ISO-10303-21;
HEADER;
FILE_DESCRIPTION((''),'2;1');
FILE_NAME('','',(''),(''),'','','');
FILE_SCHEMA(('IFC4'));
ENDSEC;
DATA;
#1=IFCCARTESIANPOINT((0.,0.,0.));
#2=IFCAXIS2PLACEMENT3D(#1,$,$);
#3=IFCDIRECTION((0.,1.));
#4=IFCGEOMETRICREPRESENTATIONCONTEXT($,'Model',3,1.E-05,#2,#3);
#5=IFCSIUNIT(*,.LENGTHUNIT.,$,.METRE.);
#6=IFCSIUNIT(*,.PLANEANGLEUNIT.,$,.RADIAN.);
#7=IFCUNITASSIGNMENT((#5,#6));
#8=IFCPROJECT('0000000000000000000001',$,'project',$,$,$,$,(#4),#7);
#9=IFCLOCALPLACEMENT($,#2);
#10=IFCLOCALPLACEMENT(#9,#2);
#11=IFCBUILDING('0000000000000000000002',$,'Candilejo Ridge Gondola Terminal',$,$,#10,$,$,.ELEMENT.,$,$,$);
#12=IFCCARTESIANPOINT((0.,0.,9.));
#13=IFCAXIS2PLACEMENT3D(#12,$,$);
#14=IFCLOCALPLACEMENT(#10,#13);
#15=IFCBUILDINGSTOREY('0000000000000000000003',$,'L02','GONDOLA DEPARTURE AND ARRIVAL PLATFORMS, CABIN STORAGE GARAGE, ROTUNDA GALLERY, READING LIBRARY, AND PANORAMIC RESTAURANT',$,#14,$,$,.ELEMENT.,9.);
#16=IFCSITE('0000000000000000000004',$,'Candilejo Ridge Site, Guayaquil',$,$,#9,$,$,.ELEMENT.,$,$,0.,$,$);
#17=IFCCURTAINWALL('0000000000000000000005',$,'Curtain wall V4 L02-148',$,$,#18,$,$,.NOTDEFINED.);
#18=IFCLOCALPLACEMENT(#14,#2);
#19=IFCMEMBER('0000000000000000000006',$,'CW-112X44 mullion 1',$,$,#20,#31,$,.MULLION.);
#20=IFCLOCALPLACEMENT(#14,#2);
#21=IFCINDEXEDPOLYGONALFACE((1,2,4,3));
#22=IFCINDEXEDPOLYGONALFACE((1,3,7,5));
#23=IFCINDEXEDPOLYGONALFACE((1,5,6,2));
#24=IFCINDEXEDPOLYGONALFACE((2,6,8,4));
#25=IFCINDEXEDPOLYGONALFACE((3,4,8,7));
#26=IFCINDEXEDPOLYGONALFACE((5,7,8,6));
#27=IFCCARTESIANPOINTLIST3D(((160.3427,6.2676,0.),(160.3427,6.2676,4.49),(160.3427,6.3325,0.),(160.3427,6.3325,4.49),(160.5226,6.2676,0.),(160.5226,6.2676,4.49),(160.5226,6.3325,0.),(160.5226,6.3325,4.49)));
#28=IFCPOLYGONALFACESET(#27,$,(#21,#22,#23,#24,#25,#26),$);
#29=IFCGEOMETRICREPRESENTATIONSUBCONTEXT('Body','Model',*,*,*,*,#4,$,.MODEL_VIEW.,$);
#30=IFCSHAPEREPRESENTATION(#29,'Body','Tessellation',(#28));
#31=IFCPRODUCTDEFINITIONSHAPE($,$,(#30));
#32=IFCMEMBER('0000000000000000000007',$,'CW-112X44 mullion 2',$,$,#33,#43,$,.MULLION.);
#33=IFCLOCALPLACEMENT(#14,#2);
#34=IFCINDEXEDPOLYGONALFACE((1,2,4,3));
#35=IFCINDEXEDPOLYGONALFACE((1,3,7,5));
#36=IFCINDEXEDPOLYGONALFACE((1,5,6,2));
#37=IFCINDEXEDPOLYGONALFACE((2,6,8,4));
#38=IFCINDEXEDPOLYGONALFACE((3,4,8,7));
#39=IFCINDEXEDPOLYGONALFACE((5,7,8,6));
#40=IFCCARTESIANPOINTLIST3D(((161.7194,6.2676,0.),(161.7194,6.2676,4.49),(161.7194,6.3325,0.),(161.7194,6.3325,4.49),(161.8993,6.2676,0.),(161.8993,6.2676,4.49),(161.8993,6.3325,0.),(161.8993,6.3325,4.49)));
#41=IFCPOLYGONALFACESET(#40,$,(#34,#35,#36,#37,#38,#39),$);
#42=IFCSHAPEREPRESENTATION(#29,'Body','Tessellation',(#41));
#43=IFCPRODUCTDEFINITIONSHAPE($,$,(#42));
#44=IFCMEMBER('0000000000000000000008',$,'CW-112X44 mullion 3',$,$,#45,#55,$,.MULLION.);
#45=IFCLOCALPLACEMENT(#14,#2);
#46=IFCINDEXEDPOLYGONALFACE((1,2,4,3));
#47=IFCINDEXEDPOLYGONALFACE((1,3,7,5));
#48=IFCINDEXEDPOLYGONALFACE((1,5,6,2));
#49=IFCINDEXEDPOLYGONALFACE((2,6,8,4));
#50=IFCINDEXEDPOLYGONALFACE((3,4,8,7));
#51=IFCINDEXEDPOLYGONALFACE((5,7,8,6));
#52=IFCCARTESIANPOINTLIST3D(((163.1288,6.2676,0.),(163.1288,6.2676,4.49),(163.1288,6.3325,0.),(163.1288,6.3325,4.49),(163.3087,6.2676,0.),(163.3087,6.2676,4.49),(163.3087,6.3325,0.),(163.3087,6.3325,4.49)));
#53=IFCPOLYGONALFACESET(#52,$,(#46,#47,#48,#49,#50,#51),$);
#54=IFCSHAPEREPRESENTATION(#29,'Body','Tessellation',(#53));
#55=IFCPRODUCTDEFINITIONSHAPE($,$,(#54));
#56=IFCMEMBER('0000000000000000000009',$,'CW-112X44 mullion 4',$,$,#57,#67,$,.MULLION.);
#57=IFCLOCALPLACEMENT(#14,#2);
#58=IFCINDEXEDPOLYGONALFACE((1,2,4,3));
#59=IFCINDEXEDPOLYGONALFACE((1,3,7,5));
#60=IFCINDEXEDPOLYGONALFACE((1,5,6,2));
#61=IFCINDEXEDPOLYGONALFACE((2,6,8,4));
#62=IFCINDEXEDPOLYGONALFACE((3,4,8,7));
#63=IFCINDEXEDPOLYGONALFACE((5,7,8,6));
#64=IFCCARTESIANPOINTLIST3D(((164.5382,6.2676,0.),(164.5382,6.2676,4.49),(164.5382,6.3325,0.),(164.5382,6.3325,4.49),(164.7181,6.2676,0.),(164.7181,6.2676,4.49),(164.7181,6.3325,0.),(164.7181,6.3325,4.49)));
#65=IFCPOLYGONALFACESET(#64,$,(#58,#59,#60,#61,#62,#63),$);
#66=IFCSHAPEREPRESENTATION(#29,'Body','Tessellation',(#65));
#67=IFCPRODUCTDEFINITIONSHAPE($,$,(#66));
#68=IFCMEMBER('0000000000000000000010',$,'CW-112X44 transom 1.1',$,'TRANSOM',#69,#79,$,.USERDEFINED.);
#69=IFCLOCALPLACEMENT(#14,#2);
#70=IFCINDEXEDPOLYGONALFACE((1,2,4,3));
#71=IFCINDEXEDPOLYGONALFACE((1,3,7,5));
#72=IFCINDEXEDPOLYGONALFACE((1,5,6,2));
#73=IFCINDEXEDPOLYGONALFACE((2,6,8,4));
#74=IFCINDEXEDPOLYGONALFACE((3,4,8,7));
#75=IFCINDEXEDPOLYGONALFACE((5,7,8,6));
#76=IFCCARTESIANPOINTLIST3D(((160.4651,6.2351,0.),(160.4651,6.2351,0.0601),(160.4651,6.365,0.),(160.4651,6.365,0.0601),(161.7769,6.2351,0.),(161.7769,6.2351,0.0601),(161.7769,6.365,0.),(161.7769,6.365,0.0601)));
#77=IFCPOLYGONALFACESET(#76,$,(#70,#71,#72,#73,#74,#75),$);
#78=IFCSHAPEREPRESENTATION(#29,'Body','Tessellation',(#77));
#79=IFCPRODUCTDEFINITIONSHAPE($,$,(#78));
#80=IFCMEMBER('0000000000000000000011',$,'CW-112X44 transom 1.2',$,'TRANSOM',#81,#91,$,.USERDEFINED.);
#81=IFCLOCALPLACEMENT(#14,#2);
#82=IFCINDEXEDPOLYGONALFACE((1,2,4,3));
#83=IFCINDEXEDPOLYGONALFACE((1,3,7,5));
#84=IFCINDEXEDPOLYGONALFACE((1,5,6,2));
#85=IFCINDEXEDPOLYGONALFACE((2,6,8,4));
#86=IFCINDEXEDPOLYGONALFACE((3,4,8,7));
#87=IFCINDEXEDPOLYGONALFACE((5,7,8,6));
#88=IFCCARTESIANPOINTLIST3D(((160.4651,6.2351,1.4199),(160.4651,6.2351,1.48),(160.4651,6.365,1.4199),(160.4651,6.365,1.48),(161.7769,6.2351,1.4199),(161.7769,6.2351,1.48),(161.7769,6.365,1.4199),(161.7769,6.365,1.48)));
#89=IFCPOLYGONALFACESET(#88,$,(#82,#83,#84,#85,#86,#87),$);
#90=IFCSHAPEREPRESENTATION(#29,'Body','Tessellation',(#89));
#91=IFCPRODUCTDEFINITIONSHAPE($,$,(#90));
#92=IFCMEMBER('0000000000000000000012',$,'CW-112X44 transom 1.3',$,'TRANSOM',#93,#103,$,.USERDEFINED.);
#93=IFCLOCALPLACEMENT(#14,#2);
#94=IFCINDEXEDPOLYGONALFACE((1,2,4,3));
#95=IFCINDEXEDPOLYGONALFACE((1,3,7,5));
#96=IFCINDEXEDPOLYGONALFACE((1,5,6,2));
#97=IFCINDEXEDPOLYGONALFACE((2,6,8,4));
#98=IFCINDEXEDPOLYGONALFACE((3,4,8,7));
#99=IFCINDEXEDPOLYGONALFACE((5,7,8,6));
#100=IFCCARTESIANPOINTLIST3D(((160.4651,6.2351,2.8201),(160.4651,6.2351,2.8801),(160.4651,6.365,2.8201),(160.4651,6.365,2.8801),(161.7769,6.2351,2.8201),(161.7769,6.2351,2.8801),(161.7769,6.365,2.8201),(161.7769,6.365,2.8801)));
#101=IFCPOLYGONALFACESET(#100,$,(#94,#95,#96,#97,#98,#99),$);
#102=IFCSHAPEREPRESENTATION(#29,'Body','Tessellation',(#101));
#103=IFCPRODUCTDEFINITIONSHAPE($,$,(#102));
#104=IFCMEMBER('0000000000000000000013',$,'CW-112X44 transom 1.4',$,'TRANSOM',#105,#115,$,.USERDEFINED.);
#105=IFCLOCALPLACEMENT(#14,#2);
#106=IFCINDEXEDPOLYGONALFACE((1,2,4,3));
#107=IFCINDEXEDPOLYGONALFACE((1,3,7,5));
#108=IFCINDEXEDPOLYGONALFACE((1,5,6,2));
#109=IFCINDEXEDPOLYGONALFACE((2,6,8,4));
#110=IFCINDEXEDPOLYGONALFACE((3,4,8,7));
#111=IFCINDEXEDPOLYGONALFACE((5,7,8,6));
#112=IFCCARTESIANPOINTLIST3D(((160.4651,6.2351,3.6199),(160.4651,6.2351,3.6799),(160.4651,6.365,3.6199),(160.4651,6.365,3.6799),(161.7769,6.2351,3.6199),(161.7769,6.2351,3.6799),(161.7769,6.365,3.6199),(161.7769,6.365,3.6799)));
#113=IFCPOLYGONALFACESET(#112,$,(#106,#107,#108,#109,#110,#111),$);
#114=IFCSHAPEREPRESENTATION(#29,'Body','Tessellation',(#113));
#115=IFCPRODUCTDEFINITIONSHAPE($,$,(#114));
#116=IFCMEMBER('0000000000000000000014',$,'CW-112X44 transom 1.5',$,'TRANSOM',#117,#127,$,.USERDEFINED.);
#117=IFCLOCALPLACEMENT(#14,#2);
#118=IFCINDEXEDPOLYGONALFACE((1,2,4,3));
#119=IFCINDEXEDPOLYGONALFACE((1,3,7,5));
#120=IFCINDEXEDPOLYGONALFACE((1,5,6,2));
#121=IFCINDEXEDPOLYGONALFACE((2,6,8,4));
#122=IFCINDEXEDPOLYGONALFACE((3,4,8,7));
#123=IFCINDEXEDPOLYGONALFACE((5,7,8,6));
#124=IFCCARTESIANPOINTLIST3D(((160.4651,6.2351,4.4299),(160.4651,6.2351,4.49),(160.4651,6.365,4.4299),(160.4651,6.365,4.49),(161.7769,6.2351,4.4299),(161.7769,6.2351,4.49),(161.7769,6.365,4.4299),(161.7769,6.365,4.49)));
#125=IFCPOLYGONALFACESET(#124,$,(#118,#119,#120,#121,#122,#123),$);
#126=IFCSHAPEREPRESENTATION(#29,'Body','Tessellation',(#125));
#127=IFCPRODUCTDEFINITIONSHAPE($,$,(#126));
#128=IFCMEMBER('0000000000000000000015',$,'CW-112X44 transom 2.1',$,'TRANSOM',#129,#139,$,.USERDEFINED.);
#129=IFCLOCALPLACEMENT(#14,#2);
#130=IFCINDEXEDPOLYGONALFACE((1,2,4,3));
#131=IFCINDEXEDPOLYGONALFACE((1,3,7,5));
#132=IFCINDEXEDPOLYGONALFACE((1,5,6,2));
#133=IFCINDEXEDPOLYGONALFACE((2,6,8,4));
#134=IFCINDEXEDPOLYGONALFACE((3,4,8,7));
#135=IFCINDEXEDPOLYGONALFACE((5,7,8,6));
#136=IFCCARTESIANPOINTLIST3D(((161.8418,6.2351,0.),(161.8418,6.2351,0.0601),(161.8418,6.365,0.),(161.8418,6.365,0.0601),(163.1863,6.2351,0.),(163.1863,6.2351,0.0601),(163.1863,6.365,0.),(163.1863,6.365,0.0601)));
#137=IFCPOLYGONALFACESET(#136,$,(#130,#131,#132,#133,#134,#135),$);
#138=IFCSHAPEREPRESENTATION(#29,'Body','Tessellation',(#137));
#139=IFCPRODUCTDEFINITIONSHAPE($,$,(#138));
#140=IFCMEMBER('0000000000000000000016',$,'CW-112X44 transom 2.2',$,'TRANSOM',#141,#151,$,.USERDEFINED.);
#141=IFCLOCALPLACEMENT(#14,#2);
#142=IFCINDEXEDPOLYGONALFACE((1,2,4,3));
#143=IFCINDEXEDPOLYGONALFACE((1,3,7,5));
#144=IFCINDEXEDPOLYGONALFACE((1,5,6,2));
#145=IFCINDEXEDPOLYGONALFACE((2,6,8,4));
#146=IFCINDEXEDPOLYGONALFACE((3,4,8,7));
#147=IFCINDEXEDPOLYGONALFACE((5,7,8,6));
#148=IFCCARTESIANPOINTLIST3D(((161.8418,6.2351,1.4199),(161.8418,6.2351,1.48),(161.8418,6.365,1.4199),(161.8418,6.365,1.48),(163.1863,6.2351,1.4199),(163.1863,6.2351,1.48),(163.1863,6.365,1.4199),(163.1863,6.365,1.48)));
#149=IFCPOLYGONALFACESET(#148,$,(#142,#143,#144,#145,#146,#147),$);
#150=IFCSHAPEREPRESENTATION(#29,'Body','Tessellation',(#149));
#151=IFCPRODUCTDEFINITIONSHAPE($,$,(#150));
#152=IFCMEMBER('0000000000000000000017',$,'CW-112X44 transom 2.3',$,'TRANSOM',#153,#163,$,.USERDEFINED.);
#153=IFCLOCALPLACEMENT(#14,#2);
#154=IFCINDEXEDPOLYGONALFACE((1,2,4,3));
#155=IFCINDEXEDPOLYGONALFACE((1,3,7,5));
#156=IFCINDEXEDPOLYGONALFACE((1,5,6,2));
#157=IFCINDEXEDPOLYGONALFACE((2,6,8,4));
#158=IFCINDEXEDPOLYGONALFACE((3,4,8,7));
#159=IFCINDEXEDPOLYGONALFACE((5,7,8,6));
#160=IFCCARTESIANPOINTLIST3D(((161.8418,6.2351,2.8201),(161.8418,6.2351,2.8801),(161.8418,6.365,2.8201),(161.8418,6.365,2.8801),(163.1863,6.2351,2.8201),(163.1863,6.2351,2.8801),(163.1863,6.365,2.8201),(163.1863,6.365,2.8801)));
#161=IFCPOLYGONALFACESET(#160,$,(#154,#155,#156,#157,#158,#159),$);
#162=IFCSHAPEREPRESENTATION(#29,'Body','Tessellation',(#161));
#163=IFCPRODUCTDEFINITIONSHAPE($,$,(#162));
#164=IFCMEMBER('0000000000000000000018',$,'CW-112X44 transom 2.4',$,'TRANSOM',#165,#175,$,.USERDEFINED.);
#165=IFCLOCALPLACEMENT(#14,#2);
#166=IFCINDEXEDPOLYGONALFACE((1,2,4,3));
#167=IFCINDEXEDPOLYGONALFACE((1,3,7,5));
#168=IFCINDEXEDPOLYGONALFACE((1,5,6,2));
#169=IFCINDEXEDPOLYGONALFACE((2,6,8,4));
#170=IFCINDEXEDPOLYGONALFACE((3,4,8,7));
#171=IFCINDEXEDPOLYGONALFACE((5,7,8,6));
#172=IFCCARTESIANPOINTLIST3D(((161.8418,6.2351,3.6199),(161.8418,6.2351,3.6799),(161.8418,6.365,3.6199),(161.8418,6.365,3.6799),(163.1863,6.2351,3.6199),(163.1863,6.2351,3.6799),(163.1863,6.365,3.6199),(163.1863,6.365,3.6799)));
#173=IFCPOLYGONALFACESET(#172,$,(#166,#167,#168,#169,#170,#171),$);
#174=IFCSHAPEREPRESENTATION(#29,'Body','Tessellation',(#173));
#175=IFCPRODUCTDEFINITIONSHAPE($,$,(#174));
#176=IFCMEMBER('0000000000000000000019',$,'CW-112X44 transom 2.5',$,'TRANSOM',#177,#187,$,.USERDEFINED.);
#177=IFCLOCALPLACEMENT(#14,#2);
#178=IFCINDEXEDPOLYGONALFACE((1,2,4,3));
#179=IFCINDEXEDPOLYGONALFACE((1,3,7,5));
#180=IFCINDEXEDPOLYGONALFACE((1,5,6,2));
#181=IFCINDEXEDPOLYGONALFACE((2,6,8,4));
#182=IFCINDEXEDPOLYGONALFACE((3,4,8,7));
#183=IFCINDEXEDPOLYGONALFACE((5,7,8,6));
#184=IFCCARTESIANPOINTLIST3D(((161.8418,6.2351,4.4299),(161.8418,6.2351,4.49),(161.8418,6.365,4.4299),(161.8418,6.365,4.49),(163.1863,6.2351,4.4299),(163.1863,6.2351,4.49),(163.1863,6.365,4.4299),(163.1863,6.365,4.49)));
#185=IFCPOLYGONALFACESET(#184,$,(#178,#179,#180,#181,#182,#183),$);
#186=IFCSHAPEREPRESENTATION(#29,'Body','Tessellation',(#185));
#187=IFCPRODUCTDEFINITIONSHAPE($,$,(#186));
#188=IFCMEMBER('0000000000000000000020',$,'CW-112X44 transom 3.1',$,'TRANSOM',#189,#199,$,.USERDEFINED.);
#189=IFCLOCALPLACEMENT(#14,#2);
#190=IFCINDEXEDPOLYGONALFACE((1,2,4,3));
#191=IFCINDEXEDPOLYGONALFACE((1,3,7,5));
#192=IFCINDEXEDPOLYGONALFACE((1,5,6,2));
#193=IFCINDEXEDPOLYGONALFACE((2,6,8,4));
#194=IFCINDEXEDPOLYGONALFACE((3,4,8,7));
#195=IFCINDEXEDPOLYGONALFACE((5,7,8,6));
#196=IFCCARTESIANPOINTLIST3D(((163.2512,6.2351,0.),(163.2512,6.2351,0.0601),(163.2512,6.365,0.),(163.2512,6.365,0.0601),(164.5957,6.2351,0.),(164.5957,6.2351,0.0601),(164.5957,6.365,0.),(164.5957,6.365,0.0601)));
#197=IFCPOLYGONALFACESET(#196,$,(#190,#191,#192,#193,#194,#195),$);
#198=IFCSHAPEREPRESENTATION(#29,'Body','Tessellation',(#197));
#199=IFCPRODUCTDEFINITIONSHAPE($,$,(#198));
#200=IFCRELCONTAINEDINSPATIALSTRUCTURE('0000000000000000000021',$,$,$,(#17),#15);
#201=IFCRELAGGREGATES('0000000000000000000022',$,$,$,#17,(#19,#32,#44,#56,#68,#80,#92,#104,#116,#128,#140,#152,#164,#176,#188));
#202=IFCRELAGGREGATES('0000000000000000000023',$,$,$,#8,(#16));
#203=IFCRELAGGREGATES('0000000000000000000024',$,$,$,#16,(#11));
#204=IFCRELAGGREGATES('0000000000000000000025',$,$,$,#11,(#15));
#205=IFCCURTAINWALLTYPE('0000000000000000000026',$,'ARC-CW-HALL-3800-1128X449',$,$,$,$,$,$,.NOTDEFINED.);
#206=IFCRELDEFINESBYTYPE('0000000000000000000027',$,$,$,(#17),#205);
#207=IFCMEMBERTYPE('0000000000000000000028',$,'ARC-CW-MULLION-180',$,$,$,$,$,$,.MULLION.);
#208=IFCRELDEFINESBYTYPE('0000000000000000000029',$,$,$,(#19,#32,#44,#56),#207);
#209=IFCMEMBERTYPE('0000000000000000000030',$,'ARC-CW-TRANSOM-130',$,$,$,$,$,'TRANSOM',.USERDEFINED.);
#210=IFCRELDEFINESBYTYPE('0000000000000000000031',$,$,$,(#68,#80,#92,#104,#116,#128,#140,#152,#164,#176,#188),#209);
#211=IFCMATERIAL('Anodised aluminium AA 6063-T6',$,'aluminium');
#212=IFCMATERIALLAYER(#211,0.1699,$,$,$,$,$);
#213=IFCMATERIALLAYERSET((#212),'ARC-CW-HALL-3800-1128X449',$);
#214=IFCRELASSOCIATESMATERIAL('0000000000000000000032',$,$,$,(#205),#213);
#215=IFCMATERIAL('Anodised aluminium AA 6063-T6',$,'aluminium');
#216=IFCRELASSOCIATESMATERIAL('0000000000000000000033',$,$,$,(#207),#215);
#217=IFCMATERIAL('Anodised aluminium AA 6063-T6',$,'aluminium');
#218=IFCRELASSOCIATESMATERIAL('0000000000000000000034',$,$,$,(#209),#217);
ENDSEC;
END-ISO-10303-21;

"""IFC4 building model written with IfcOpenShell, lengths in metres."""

from ifc_helpers import new_model, si_unit, direction, frame, origin, origin_2d, place, context, subcontext, project, spatial, rectangle, extrude, material, layer, layer_set, material_profile, profile_set, type_object, element, aggregate, save


model = new_model("IFC4")

# Units and contexts
model_context = context("Model", 3, precision=1e-05, world=origin(), true_north=direction((0.0, 1.0)))
body_context = subcontext(model_context, "Body", "Model", "MODEL_VIEW")
ifc_project = project(units=[si_unit("LENGTHUNIT", "METRE"), si_unit("PLANEANGLEUNIT", "RADIAN")], contexts=[model_context])

# Site, building, storey
site_placement = place(None, origin())
site = spatial("IfcSite", under=ifc_project, at=site_placement, Name="Candilejo Ridge Site, Guayaquil", CompositionType="ELEMENT", RefElevation=0.0)
building_placement = place(site_placement, origin())
building = spatial("IfcBuilding", under=site, at=building_placement, Name="Candilejo Ridge Gondola Terminal", CompositionType="ELEMENT")
storey_placement = place(building_placement, frame((0.0, 0.0, 9.0)))
storey = spatial("IfcBuildingStorey", under=building, at=storey_placement, Name="L02", Description="GONDOLA DEPARTURE AND ARRIVAL PLATFORMS, CABIN STORAGE GARAGE, ROTUNDA GALLERY, READING LIBRARY, AND PANORAMIC RESTAURANT", CompositionType="ELEMENT", Elevation=9.0)

# Curtain wall, members
ifc_material_1 = material(Name="Anodised aluminium AA 6063-T6", Category="aluminium")
ifc_layer_1 = layer(ifc_material_1, 0.1699)
ifc_layer_set_1 = layer_set([ifc_layer_1], Name="ARC-CW-HALL-3800-1128X449")
curtain_wall_type = type_object("IfcCurtainWallType", Name="ARC-CW-HALL-3800-1128X449", PredefinedType="NOTDEFINED", material=ifc_layer_set_1)
curtain_wall_placement = place(storey_placement, origin())
curtain_wall = element("IfcCurtainWall", 1, at=curtain_wall_placement, inside=storey, type_object=curtain_wall_type, Name="Curtain wall V4 L02-148", PredefinedType="NOTDEFINED")
ifc_material_2 = material(Name="Anodised aluminium AA 6063-T6", Category="aluminium")
ifc_material_profile_1 = material_profile(ifc_material_2, rectangle(XDim=0.0649, YDim=0.1799, at=origin_2d()))
ifc_profile_set_1 = profile_set([ifc_material_profile_1], Name="Anodised aluminium AA 6063-T6")
member_type_1 = type_object("IfcMemberType", Name="ARC-CW-MULLION-180", PredefinedType="MULLION", material=ifc_profile_set_1)
member_1_placement = place(storey_placement, frame((160.4326, 6.3, 0.0), z_axis=(0.0, 0.0, 1.0), x_axis=(0.0, 1.0, 0.0)))
member_1 = element("IfcMember", 2, at=member_1_placement, type_object=member_type_1, Name="CW-112X44 mullion 1", PredefinedType="MULLION", context=body_context, shape_type="SweptSolid", body=[
    extrude(rectangle(XDim=0.0649, YDim=0.1799, at=origin_2d()), origin(), (0.0, 0.0, 1.0), 4.49),
])
member_2_placement = place(storey_placement, frame((161.8093, 6.3, 0.0), z_axis=(0.0, 0.0, 1.0), x_axis=(0.0, 1.0, 0.0)))
member_2 = element("IfcMember", 3, at=member_2_placement, type_object=member_type_1, Name="CW-112X44 mullion 2", PredefinedType="MULLION", context=body_context, shape_type="SweptSolid", body=[
    extrude(rectangle(XDim=0.0649, YDim=0.1799, at=origin_2d()), origin(), (0.0, 0.0, 1.0), 4.49),
])
member_3_placement = place(storey_placement, frame((163.2188, 6.3, 0.0), z_axis=(0.0, 0.0, 1.0), x_axis=(0.0, 1.0, 0.0)))
member_3 = element("IfcMember", 4, at=member_3_placement, type_object=member_type_1, Name="CW-112X44 mullion 3", PredefinedType="MULLION", context=body_context, shape_type="SweptSolid", body=[
    extrude(rectangle(XDim=0.0649, YDim=0.1799, at=origin_2d()), origin(), (0.0, 0.0, 1.0), 4.49),
])
member_4_placement = place(storey_placement, frame((164.6282, 6.3, 0.0), z_axis=(0.0, 0.0, 1.0), x_axis=(0.0, 1.0, 0.0)))
member_4 = element("IfcMember", 5, at=member_4_placement, type_object=member_type_1, Name="CW-112X44 mullion 4", PredefinedType="MULLION", context=body_context, shape_type="SweptSolid", body=[
    extrude(rectangle(XDim=0.0649, YDim=0.1799, at=origin_2d()), origin(), (0.0, 0.0, 1.0), 4.49),
])
ifc_material_3 = material(Name="Anodised aluminium AA 6063-T6", Category="aluminium")
ifc_material_profile_2 = material_profile(ifc_material_3, rectangle(XDim=0.1299, YDim=0.0601, at=origin_2d()))
ifc_profile_set_2 = profile_set([ifc_material_profile_2], Name="Anodised aluminium AA 6063-T6")
member_type_2 = type_object("IfcMemberType", Name="ARC-CW-TRANSOM-130", ElementType="TRANSOM", PredefinedType="USERDEFINED", material=ifc_profile_set_2)
member_5_placement = place(storey_placement, frame((160.4651, 6.3, 0.03), z_axis=(1.0, 0.0, 0.0), x_axis=(0.0, 1.0, 0.0)))
member_5 = element("IfcMember", 6, at=member_5_placement, type_object=member_type_2, Name="CW-112X44 transom 1.1", ObjectType="TRANSOM", PredefinedType="USERDEFINED", context=body_context, shape_type="SweptSolid", body=[
    extrude(rectangle(XDim=0.1299, YDim=0.0601, at=origin_2d()), origin(), (0.0, 0.0, 1.0), 1.3118),
])
member_6_placement = place(storey_placement, frame((160.4651, 6.3, 1.45), z_axis=(1.0, 0.0, 0.0), x_axis=(0.0, 1.0, 0.0)))
member_6 = element("IfcMember", 7, at=member_6_placement, type_object=member_type_2, Name="CW-112X44 transom 1.2", ObjectType="TRANSOM", PredefinedType="USERDEFINED", context=body_context, shape_type="SweptSolid", body=[
    extrude(rectangle(XDim=0.1299, YDim=0.0601, at=origin_2d()), origin(), (0.0, 0.0, 1.0), 1.3118),
])
member_7_placement = place(storey_placement, frame((160.4651, 6.3, 2.8501), z_axis=(1.0, 0.0, 0.0), x_axis=(0.0, 1.0, 0.0)))
member_7 = element("IfcMember", 8, at=member_7_placement, type_object=member_type_2, Name="CW-112X44 transom 1.3", ObjectType="TRANSOM", PredefinedType="USERDEFINED", context=body_context, shape_type="SweptSolid", body=[
    extrude(rectangle(XDim=0.1299, YDim=0.0601, at=origin_2d()), origin(), (0.0, 0.0, 1.0), 1.3118),
])
member_8_placement = place(storey_placement, frame((160.4651, 6.3, 3.6499), z_axis=(1.0, 0.0, 0.0), x_axis=(0.0, 1.0, 0.0)))
member_8 = element("IfcMember", 9, at=member_8_placement, type_object=member_type_2, Name="CW-112X44 transom 1.4", ObjectType="TRANSOM", PredefinedType="USERDEFINED", context=body_context, shape_type="SweptSolid", body=[
    extrude(rectangle(XDim=0.1299, YDim=0.0601, at=origin_2d()), origin(), (0.0, 0.0, 1.0), 1.3118),
])
member_9_placement = place(storey_placement, frame((160.4651, 6.3, 4.46), z_axis=(1.0, 0.0, 0.0), x_axis=(0.0, 1.0, 0.0)))
member_9 = element("IfcMember", 10, at=member_9_placement, type_object=member_type_2, Name="CW-112X44 transom 1.5", ObjectType="TRANSOM", PredefinedType="USERDEFINED", context=body_context, shape_type="SweptSolid", body=[
    extrude(rectangle(XDim=0.1299, YDim=0.0601, at=origin_2d()), origin(), (0.0, 0.0, 1.0), 1.3118),
])
member_10_placement = place(storey_placement, frame((161.8418, 6.3, 0.03), z_axis=(1.0, 0.0, 0.0), x_axis=(0.0, 1.0, 0.0)))
member_10 = element("IfcMember", 11, at=member_10_placement, type_object=member_type_2, Name="CW-112X44 transom 2.1", ObjectType="TRANSOM", PredefinedType="USERDEFINED", context=body_context, shape_type="SweptSolid", body=[
    extrude(rectangle(XDim=0.1299, YDim=0.0601, at=origin_2d()), origin(), (0.0, 0.0, 1.0), 1.3445),
])
member_11_placement = place(storey_placement, frame((161.8418, 6.3, 1.45), z_axis=(1.0, 0.0, 0.0), x_axis=(0.0, 1.0, 0.0)))
member_11 = element("IfcMember", 12, at=member_11_placement, type_object=member_type_2, Name="CW-112X44 transom 2.2", ObjectType="TRANSOM", PredefinedType="USERDEFINED", context=body_context, shape_type="SweptSolid", body=[
    extrude(rectangle(XDim=0.1299, YDim=0.0601, at=origin_2d()), origin(), (0.0, 0.0, 1.0), 1.3445),
])
member_12_placement = place(storey_placement, frame((161.8418, 6.3, 2.8501), z_axis=(1.0, 0.0, 0.0), x_axis=(0.0, 1.0, 0.0)))
member_12 = element("IfcMember", 13, at=member_12_placement, type_object=member_type_2, Name="CW-112X44 transom 2.3", ObjectType="TRANSOM", PredefinedType="USERDEFINED", context=body_context, shape_type="SweptSolid", body=[
    extrude(rectangle(XDim=0.1299, YDim=0.0601, at=origin_2d()), origin(), (0.0, 0.0, 1.0), 1.3445),
])
member_13_placement = place(storey_placement, frame((161.8418, 6.3, 3.6499), z_axis=(1.0, 0.0, 0.0), x_axis=(0.0, 1.0, 0.0)))
member_13 = element("IfcMember", 14, at=member_13_placement, type_object=member_type_2, Name="CW-112X44 transom 2.4", ObjectType="TRANSOM", PredefinedType="USERDEFINED", context=body_context, shape_type="SweptSolid", body=[
    extrude(rectangle(XDim=0.1299, YDim=0.0601, at=origin_2d()), origin(), (0.0, 0.0, 1.0), 1.3445),
])
member_14_placement = place(storey_placement, frame((161.8418, 6.3, 4.46), z_axis=(1.0, 0.0, 0.0), x_axis=(0.0, 1.0, 0.0)))
member_14 = element("IfcMember", 15, at=member_14_placement, type_object=member_type_2, Name="CW-112X44 transom 2.5", ObjectType="TRANSOM", PredefinedType="USERDEFINED", context=body_context, shape_type="SweptSolid", body=[
    extrude(rectangle(XDim=0.1299, YDim=0.0601, at=origin_2d()), origin(), (0.0, 0.0, 1.0), 1.3445),
])
member_15_placement = place(storey_placement, frame((163.2512, 6.3, 0.03), z_axis=(1.0, 0.0, 0.0), x_axis=(0.0, 1.0, 0.0)))
member_15 = element("IfcMember", 16, at=member_15_placement, type_object=member_type_2, Name="CW-112X44 transom 3.1", ObjectType="TRANSOM", PredefinedType="USERDEFINED", context=body_context, shape_type="SweptSolid", body=[
    extrude(rectangle(XDim=0.1299, YDim=0.0601, at=origin_2d()), origin(), (0.0, 0.0, 1.0), 1.3445),
])
aggregate(curtain_wall, [member_1, member_2, member_3, member_4, member_5, member_6, member_7, member_8, member_9, member_10, member_11, member_12, member_13, member_14, member_15])

save(model, "model.ifc")
